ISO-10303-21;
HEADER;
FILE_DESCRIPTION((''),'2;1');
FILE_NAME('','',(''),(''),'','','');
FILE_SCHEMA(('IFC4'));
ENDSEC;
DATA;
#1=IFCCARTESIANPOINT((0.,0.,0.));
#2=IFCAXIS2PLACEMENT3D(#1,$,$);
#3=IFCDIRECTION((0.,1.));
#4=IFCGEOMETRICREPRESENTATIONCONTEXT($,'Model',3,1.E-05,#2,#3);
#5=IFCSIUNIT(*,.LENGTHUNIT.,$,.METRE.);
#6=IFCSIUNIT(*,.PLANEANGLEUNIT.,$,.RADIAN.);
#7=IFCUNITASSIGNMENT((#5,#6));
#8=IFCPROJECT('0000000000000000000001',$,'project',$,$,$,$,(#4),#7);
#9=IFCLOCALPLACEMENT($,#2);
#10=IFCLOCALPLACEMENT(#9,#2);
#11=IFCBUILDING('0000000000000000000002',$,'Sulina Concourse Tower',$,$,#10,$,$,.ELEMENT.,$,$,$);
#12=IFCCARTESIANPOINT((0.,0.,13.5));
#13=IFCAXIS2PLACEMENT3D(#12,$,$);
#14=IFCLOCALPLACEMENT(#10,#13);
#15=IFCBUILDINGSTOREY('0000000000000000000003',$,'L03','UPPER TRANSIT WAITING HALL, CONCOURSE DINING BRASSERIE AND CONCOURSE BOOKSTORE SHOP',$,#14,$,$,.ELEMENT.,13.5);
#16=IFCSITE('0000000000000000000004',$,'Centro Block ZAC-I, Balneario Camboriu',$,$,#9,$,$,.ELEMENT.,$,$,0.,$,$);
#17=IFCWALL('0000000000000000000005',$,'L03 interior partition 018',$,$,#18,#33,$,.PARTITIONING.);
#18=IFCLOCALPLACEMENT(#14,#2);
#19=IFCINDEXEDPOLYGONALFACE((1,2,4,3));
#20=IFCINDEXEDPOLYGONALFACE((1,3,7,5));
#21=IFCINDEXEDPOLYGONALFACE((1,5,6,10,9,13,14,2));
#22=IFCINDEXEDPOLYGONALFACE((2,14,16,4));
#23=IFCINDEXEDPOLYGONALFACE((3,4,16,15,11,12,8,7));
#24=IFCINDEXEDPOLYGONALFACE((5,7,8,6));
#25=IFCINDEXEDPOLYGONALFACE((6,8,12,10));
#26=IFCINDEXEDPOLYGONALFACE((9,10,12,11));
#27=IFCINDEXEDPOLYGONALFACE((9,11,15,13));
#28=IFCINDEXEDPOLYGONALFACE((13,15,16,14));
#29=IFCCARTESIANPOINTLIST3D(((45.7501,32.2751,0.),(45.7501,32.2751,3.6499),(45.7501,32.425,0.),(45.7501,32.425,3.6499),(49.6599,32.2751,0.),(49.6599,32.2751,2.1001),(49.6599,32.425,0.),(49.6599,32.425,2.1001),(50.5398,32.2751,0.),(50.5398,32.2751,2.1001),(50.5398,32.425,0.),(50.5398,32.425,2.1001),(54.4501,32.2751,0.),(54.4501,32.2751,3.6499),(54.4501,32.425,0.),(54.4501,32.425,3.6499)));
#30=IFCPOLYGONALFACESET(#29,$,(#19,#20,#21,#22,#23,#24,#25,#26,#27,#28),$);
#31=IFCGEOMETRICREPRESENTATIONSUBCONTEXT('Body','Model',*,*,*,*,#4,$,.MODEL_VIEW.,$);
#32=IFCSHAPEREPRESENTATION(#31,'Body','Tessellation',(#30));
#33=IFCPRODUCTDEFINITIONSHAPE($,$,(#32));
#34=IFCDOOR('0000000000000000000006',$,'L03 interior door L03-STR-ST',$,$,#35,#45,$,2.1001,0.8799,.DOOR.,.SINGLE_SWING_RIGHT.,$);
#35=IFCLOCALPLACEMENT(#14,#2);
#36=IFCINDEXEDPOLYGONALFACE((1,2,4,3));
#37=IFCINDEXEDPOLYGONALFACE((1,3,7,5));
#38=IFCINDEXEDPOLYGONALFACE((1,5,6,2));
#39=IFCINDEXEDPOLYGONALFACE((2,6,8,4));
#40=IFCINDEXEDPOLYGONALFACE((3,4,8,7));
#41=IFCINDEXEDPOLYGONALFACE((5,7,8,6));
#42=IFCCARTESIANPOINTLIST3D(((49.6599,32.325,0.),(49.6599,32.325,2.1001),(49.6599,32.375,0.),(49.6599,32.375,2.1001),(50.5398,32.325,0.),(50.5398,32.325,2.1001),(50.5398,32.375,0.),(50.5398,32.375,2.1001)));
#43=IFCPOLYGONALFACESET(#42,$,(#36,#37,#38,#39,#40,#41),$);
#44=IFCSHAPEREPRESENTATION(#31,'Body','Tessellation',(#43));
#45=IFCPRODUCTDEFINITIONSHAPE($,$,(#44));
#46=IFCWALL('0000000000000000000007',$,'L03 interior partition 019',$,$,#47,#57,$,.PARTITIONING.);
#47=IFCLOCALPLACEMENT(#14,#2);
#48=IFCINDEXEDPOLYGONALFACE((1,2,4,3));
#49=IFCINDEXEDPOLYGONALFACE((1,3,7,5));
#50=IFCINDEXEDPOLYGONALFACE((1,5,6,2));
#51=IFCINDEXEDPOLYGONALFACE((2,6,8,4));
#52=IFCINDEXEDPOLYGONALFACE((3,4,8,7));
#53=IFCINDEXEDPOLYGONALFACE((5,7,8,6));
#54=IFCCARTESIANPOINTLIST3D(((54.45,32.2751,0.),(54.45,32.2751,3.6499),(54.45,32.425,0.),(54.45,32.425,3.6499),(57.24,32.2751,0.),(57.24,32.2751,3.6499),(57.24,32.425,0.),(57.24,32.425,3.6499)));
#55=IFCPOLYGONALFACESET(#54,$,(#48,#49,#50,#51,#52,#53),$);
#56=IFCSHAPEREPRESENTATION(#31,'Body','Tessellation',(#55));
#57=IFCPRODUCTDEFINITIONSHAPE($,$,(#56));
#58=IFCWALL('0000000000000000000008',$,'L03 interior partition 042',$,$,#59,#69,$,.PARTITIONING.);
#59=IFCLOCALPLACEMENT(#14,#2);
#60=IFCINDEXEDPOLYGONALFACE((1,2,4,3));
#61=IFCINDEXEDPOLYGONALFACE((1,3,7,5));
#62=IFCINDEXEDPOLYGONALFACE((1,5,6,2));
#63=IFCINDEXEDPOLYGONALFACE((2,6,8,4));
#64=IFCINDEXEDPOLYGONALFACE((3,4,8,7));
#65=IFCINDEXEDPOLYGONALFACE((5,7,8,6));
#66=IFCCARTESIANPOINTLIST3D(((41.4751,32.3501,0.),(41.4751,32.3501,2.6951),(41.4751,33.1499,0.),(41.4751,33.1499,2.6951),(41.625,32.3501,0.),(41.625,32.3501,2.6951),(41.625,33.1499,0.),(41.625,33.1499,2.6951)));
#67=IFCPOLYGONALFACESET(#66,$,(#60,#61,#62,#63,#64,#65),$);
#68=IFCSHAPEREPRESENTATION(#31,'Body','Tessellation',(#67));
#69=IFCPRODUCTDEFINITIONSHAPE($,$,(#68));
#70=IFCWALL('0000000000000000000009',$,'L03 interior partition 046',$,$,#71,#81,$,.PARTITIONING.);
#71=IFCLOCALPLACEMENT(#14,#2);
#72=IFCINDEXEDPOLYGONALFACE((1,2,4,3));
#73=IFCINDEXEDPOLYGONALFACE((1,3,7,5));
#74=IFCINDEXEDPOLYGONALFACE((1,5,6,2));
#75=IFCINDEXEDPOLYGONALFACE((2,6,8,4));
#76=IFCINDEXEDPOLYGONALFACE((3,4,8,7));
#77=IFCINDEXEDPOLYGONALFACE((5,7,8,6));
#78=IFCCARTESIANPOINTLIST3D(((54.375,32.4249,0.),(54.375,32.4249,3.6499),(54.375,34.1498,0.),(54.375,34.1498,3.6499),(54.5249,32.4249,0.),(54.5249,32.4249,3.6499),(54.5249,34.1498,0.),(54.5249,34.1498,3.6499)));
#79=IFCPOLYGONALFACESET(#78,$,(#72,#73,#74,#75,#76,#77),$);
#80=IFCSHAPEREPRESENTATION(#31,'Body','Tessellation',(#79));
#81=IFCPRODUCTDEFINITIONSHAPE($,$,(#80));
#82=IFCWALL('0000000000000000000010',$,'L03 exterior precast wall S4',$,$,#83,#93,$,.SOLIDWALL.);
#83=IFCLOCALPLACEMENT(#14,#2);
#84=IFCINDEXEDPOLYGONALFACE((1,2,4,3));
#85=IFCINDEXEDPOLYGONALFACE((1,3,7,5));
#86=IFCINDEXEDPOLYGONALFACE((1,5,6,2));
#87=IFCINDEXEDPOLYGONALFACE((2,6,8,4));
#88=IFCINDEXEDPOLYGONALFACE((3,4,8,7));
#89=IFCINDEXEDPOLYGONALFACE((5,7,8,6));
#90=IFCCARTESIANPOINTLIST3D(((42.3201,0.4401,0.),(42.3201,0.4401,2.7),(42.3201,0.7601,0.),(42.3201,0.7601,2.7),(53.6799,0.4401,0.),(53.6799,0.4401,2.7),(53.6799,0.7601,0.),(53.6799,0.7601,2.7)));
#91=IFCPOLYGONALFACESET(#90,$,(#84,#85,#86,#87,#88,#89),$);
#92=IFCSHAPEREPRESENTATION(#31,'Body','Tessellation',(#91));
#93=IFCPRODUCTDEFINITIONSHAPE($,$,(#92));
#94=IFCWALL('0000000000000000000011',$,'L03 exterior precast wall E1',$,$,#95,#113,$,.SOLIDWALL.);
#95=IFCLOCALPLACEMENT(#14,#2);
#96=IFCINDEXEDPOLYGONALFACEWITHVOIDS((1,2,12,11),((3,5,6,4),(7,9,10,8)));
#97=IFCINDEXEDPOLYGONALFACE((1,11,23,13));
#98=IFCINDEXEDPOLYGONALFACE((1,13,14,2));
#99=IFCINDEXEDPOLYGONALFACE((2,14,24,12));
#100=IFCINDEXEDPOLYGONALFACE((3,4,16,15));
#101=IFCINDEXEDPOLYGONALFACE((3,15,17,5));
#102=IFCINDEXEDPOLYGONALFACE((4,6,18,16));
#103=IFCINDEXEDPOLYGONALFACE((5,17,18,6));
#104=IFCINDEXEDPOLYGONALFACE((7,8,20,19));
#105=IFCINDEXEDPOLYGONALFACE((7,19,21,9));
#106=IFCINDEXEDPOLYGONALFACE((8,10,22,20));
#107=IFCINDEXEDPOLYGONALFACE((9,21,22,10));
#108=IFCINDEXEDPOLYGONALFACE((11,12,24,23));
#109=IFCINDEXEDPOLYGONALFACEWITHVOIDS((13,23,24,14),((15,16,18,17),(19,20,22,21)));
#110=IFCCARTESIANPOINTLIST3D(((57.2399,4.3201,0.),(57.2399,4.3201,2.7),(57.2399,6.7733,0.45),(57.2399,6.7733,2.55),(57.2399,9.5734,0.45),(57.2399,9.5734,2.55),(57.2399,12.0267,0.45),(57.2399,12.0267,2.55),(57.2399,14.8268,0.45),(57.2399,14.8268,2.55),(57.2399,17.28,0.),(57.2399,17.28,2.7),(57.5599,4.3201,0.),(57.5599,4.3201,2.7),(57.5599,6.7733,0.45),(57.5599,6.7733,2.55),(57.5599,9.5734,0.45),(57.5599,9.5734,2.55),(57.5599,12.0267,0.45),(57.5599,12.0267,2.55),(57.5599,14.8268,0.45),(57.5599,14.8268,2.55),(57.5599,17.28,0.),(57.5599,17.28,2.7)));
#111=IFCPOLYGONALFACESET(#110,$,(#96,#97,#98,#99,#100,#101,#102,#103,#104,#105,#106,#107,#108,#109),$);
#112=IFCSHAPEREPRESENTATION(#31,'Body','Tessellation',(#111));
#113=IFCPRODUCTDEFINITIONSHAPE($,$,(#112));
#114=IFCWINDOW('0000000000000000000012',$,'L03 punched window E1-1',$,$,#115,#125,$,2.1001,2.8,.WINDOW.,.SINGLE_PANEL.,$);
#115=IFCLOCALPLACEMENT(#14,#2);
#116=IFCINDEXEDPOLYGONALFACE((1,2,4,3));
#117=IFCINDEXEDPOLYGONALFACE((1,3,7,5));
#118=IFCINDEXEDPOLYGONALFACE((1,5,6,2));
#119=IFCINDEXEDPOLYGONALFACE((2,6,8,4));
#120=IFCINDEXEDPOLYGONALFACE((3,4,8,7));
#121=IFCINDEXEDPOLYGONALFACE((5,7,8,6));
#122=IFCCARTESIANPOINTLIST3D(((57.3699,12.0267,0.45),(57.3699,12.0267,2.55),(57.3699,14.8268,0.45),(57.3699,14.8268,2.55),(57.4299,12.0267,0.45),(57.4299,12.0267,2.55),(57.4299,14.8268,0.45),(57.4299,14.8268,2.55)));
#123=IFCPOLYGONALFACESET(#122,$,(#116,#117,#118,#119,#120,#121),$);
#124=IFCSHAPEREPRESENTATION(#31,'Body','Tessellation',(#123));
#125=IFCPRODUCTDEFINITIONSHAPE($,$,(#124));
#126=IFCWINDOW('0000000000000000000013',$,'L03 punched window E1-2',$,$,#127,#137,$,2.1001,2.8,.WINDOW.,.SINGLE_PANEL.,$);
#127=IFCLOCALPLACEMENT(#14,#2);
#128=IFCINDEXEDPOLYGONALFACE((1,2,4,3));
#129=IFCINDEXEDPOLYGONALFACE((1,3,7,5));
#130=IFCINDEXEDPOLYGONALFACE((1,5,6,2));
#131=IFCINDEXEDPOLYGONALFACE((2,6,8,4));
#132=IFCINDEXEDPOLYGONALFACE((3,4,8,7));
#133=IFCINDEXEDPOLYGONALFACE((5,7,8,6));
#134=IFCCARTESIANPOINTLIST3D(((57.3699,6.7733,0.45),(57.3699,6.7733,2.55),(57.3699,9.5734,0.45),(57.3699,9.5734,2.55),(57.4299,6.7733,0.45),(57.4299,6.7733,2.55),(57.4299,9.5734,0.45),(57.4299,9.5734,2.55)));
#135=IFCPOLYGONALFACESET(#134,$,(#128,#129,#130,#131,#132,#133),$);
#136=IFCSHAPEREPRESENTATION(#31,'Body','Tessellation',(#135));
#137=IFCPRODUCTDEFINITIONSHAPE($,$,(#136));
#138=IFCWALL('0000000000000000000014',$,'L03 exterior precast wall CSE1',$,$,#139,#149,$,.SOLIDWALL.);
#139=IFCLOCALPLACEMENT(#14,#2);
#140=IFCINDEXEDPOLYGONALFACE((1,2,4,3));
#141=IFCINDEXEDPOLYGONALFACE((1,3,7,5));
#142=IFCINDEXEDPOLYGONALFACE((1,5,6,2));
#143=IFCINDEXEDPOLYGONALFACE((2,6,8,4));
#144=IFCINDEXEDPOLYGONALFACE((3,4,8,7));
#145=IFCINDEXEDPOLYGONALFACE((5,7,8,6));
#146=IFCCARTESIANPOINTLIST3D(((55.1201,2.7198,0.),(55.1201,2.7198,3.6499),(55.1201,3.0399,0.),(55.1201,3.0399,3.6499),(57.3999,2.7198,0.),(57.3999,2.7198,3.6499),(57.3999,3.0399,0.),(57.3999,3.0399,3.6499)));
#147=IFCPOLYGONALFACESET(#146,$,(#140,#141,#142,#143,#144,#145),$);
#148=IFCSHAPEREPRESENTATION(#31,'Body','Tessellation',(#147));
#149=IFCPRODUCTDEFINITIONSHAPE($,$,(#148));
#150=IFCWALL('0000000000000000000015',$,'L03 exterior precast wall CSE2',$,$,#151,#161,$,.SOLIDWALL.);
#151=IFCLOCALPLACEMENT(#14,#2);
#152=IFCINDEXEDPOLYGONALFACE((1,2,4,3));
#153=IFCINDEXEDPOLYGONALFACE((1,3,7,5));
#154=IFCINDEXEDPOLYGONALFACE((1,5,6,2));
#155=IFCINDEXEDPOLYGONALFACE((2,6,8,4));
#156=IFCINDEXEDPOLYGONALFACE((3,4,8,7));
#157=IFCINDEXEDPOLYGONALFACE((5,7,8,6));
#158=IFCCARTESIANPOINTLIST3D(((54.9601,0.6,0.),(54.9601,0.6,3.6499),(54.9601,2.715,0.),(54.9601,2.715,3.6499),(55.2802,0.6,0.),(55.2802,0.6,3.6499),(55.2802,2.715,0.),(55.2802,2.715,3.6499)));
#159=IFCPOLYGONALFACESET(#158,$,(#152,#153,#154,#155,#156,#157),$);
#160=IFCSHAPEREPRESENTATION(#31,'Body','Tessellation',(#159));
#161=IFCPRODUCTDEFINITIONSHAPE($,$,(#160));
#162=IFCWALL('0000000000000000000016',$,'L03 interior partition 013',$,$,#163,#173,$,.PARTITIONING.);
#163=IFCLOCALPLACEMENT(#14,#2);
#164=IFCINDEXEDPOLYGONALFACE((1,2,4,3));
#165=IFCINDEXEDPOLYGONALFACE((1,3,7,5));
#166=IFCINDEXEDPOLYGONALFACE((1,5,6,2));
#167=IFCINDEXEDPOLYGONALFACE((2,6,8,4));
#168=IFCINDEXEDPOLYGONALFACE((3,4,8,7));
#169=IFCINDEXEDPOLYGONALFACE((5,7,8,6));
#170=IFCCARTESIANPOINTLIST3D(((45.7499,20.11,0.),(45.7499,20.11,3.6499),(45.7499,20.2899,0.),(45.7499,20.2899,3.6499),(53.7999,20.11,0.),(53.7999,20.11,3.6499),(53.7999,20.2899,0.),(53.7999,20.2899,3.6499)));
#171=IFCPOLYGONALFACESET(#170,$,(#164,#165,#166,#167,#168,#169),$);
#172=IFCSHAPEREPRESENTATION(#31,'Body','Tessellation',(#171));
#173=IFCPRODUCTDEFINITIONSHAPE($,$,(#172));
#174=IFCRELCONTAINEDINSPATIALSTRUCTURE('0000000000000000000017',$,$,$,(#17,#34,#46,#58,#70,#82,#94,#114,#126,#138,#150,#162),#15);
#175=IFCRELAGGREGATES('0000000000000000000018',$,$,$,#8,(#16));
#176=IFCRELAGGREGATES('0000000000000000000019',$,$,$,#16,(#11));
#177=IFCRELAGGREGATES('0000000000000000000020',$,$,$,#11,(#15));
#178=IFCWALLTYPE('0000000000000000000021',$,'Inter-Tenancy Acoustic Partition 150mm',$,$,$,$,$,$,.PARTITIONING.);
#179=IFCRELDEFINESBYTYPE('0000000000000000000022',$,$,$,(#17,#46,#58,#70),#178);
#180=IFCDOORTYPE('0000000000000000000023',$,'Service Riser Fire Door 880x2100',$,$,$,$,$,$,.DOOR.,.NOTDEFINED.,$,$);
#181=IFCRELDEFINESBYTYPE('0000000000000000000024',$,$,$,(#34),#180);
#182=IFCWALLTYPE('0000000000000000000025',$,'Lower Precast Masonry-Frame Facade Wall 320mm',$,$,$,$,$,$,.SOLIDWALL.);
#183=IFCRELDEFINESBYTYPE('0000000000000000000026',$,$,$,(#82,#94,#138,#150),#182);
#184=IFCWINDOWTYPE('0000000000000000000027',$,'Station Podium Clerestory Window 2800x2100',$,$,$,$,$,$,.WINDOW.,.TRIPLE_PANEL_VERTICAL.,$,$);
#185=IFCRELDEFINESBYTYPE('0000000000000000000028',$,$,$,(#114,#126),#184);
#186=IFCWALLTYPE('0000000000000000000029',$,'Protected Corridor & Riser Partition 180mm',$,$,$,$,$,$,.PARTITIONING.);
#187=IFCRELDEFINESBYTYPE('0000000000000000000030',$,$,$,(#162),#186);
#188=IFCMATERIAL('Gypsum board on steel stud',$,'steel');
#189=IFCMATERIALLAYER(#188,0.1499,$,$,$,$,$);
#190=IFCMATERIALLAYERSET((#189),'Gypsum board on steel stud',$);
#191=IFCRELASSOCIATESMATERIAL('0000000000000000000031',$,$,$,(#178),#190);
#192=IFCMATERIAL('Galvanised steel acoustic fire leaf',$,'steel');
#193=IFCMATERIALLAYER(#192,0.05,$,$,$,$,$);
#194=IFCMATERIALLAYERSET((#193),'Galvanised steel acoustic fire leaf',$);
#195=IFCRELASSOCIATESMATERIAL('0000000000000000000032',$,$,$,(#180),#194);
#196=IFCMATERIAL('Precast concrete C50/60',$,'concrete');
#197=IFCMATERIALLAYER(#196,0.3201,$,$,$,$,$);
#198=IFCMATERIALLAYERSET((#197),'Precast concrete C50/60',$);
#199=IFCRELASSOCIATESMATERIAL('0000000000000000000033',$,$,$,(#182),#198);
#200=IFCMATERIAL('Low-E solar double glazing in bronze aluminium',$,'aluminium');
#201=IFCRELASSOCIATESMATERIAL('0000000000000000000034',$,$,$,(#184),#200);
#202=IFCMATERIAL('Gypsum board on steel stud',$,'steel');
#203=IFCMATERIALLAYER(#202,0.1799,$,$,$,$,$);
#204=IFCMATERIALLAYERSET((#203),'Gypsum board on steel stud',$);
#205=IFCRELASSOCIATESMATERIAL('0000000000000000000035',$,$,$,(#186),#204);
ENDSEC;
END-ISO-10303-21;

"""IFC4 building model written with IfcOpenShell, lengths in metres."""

from ifc_helpers import new_model, si_unit, direction, frame, frame_2d, origin, place, context, subcontext, project, spatial, rectangle, extrude, material, layer, layer_set, type_object, element, fill, save


model = new_model("IFC4")

# Units and contexts
model_context = context("Model", 3, precision=1e-05, world=origin(), true_north=direction((0.0, 1.0)))
body_context = subcontext(model_context, "Body", "Model", "MODEL_VIEW")
ifc_project = project(units=[si_unit("LENGTHUNIT", "METRE"), si_unit("PLANEANGLEUNIT", "RADIAN")], contexts=[model_context])

# Site, building, storey
site_placement = place(None, origin())
site = spatial("IfcSite", under=ifc_project, at=site_placement, Name="Centro Block ZAC-I, Balneario Camboriu", CompositionType="ELEMENT", RefElevation=0.0)
building_placement = place(site_placement, origin())
building = spatial("IfcBuilding", under=site, at=building_placement, Name="Sulina Concourse Tower", CompositionType="ELEMENT")
storey_placement = place(building_placement, frame((0.0, 0.0, 13.5)))
storey = spatial("IfcBuildingStorey", under=building, at=storey_placement, Name="L03", Description="UPPER TRANSIT WAITING HALL, CONCOURSE DINING BRASSERIE AND CONCOURSE BOOKSTORE SHOP", CompositionType="ELEMENT", Elevation=13.5)

# Shared definitions
ifc_material_1 = material(Name="Gypsum board on steel stud", Category="steel")
ifc_layer_1 = layer(ifc_material_1, 0.1499)
ifc_layer_set_1 = layer_set([ifc_layer_1], Name="Gypsum board on steel stud")
wall_type_1 = type_object("IfcWallType", Name="Inter-Tenancy Acoustic Partition 150mm", PredefinedType="PARTITIONING", material=ifc_layer_set_1)

# Wall, opening, door
wall_1_placement = place(storey_placement, frame((45.75, 32.3501, 0.0), z_axis=(0.0, 0.0, 1.0), x_axis=(1.0, 0.0, 0.0)))
wall_1 = element("IfcWall", 1, at=wall_1_placement, inside=storey, type_object=wall_type_1, Name="L03 interior partition 018", PredefinedType="PARTITIONING", context=body_context, shape_type="SweptSolid", body=[
    extrude(rectangle(XDim=8.7, YDim=0.1499, at=frame_2d((4.3501, 0.0))), origin(), (0.0, 0.0, 1.0), 3.6499),
])
opening_1_placement = place(wall_1_placement, frame((3.9099, 0.0, 0.0)))
opening_1 = element("IfcOpeningElement", 2, at=opening_1_placement, cuts=wall_1, PredefinedType="OPENING", context=body_context, shape_type="SweptSolid", body=[
    extrude(rectangle(XDim=0.8799, YDim=2.1001, at=frame_2d((0.4399, 1.05))), frame((0.0, 0.085, 0.0), z_axis=(0.0, -1.0, 0.0), x_axis=(1.0, 0.0, 0.0)), (0.0, 0.0, 1.0), 0.1699),
])
ifc_material_2 = material(Name="Galvanised steel acoustic fire leaf", Category="steel")
ifc_layer_2 = layer(ifc_material_2, 0.05)
ifc_layer_set_2 = layer_set([ifc_layer_2], Name="Galvanised steel acoustic fire leaf")
door_type = type_object("IfcDoorType", Name="Service Riser Fire Door 880x2100", OperationType="NOTDEFINED", PredefinedType="DOOR", material=ifc_layer_set_2)
door_placement = place(opening_1_placement, origin())
door = element("IfcDoor", 3, at=door_placement, inside=storey, type_object=door_type, Name="L03 interior door L03-STR-ST", OperationType="SINGLE_SWING_RIGHT", OverallHeight=2.1001, OverallWidth=0.8799, PredefinedType="DOOR", context=body_context, shape_type="SweptSolid", body=[
    extrude(rectangle(XDim=0.8799, YDim=2.1001, at=frame_2d((0.4399, 1.05))), frame((0.0, 0.0249, 0.0), z_axis=(0.0, -1.0, 0.0), x_axis=(1.0, 0.0, 0.0)), (0.0, 0.0, 1.0), 0.05),
])
fill(opening_1, door)

# Walls
wall_2_placement = place(storey_placement, frame((54.45, 32.3501, 0.0), z_axis=(0.0, 0.0, 1.0), x_axis=(1.0, 0.0, 0.0)))
element("IfcWall", 4, at=wall_2_placement, inside=storey, type_object=wall_type_1, Name="L03 interior partition 019", PredefinedType="PARTITIONING", context=body_context, shape_type="SweptSolid", body=[
    extrude(rectangle(XDim=2.79, YDim=0.1499, at=frame_2d((1.395, 0.0))), origin(), (0.0, 0.0, 1.0), 3.6499),
])
wall_3_placement = place(storey_placement, frame((41.55, 32.3501, 0.0), z_axis=(0.0, 0.0, 1.0), x_axis=(0.0, 1.0, 0.0)))
element("IfcWall", 5, at=wall_3_placement, inside=storey, type_object=wall_type_1, Name="L03 interior partition 042", PredefinedType="PARTITIONING", context=body_context, shape_type="SweptSolid", body=[
    extrude(rectangle(XDim=0.7998, YDim=0.1499, at=frame_2d((0.3999, 0.0))), origin(), (0.0, 0.0, 1.0), 2.6951),
])
wall_4_placement = place(storey_placement, frame((54.45, 32.425, 0.0), z_axis=(0.0, 0.0, 1.0), x_axis=(0.0, 1.0, 0.0)))
element("IfcWall", 6, at=wall_4_placement, inside=storey, type_object=wall_type_1, Name="L03 interior partition 046", PredefinedType="PARTITIONING", context=body_context, shape_type="SweptSolid", body=[
    extrude(rectangle(XDim=1.7249, YDim=0.1499, at=frame_2d((0.8623, 0.0))), origin(), (0.0, 0.0, 1.0), 3.6499),
])
ifc_material_3 = material(Name="Precast concrete C50/60", Category="concrete")
ifc_layer_3 = layer(ifc_material_3, 0.3201)
ifc_layer_set_3 = layer_set([ifc_layer_3], Name="Precast concrete C50/60")
wall_type_2 = type_object("IfcWallType", Name="Lower Precast Masonry-Frame Facade Wall 320mm", PredefinedType="SOLIDWALL", material=ifc_layer_set_3)
wall_5_placement = place(storey_placement, frame((53.6799, 0.6001, 0.0), z_axis=(0.0, 0.0, 1.0), x_axis=(-1.0, 0.0, 0.0)))
element("IfcWall", 7, at=wall_5_placement, inside=storey, type_object=wall_type_2, Name="L03 exterior precast wall S4", PredefinedType="SOLIDWALL", context=body_context, shape_type="SweptSolid", body=[
    extrude(rectangle(XDim=11.3599, YDim=0.3201, at=frame_2d((5.6799, 0.0))), origin(), (0.0, 0.0, 1.0), 2.7),
])

# Wall, openings, windows
wall_6_placement = place(storey_placement, frame((57.3999, 17.28, 0.0), z_axis=(0.0, 0.0, 1.0), x_axis=(0.0, -1.0, 0.0)))
wall_6 = element("IfcWall", 8, at=wall_6_placement, inside=storey, type_object=wall_type_2, Name="L03 exterior precast wall E1", PredefinedType="SOLIDWALL", context=body_context, shape_type="SweptSolid", body=[
    extrude(rectangle(XDim=12.96, YDim=0.3201, at=frame_2d((6.48, 0.0))), origin(), (0.0, 0.0, 1.0), 2.7),
])
opening_2_placement = place(wall_6_placement, frame((2.4534, 0.0, 0.45)))
opening_2 = element("IfcOpeningElement", 9, at=opening_2_placement, cuts=wall_6, PredefinedType="OPENING", context=body_context, shape_type="SweptSolid", body=[
    extrude(rectangle(XDim=2.8, YDim=2.1001, at=frame_2d((1.3999, 1.05))), frame((0.0, 0.1699, 0.0), z_axis=(0.0, -1.0, 0.0), x_axis=(1.0, 0.0, 0.0)), (0.0, 0.0, 1.0), 0.3401),
])
opening_3_placement = place(wall_6_placement, frame((7.7068, 0.0, 0.45)))
opening_3 = element("IfcOpeningElement", 10, at=opening_3_placement, cuts=wall_6, PredefinedType="OPENING", context=body_context, shape_type="SweptSolid", body=[
    extrude(rectangle(XDim=2.8, YDim=2.1001, at=frame_2d((1.3999, 1.05))), frame((0.0, 0.1699, 0.0), z_axis=(0.0, -1.0, 0.0), x_axis=(1.0, 0.0, 0.0)), (0.0, 0.0, 1.0), 0.3401),
])
ifc_material_4 = material(Name="Low-E solar double glazing in bronze aluminium", Category="aluminium")
window_type = type_object("IfcWindowType", Name="Station Podium Clerestory Window 2800x2100", PartitioningType="TRIPLE_PANEL_VERTICAL", PredefinedType="WINDOW", material=ifc_material_4)
window_1_placement = place(opening_2_placement, origin())
window_1 = element("IfcWindow", 11, at=window_1_placement, inside=storey, type_object=window_type, Name="L03 punched window E1-1", OverallHeight=2.1001, OverallWidth=2.8, PartitioningType="SINGLE_PANEL", PredefinedType="WINDOW", context=body_context, shape_type="SweptSolid", body=[
    extrude(rectangle(XDim=2.8, YDim=2.1001, at=frame_2d((1.3999, 1.05))), frame((0.0, 0.03, 0.0), z_axis=(0.0, -1.0, 0.0), x_axis=(1.0, 0.0, 0.0)), (0.0, 0.0, 1.0), 0.0601),
])
fill(opening_2, window_1)
window_2_placement = place(opening_3_placement, origin())
window_2 = element("IfcWindow", 12, at=window_2_placement, inside=storey, type_object=window_type, Name="L03 punched window E1-2", OverallHeight=2.1001, OverallWidth=2.8, PartitioningType="SINGLE_PANEL", PredefinedType="WINDOW", context=body_context, shape_type="SweptSolid", body=[
    extrude(rectangle(XDim=2.8, YDim=2.1001, at=frame_2d((1.3999, 1.05))), frame((0.0, 0.03, 0.0), z_axis=(0.0, -1.0, 0.0), x_axis=(1.0, 0.0, 0.0)), (0.0, 0.0, 1.0), 0.0601),
])
fill(opening_3, window_2)

# Walls
wall_7_placement = place(storey_placement, frame((57.3999, 2.8799, 0.0), z_axis=(0.0, 0.0, 1.0), x_axis=(-1.0, 0.0, 0.0)))
element("IfcWall", 13, at=wall_7_placement, inside=storey, type_object=wall_type_2, Name="L03 exterior precast wall CSE1", PredefinedType="SOLIDWALL", context=body_context, shape_type="SweptSolid", body=[
    extrude(rectangle(XDim=2.2798, YDim=0.3201, at=frame_2d((1.1399, 0.0))), origin(), (0.0, 0.0, 1.0), 3.6499),
])
wall_8_placement = place(storey_placement, frame((55.1201, 2.7151, 0.0), z_axis=(0.0, 0.0, 1.0), x_axis=(0.0, -1.0, 0.0)))
element("IfcWall", 14, at=wall_8_placement, inside=storey, type_object=wall_type_2, Name="L03 exterior precast wall CSE2", PredefinedType="SOLIDWALL", context=body_context, shape_type="SweptSolid", body=[
    extrude(rectangle(XDim=2.115, YDim=0.3201, at=frame_2d((1.0576, 0.0))), origin(), (0.0, 0.0, 1.0), 3.6499),
])
ifc_material_5 = material(Name="Gypsum board on steel stud", Category="steel")
ifc_layer_4 = layer(ifc_material_5, 0.1799)
ifc_layer_set_4 = layer_set([ifc_layer_4], Name="Gypsum board on steel stud")
wall_type_3 = type_object("IfcWallType", Name="Protected Corridor & Riser Partition 180mm", PredefinedType="PARTITIONING", material=ifc_layer_set_4)
wall_9_placement = place(storey_placement, frame((45.75, 20.2, 0.0), z_axis=(0.0, 0.0, 1.0), x_axis=(1.0, 0.0, 0.0)))
element("IfcWall", 15, at=wall_9_placement, inside=storey, type_object=wall_type_3, Name="L03 interior partition 013", PredefinedType="PARTITIONING", context=body_context, shape_type="SweptSolid", body=[
    extrude(rectangle(XDim=8.05, YDim=0.1799, at=frame_2d((4.0249, 0.0))), origin(), (0.0, 0.0, 1.0), 3.6499),
])

save(model, "model.ifc")
